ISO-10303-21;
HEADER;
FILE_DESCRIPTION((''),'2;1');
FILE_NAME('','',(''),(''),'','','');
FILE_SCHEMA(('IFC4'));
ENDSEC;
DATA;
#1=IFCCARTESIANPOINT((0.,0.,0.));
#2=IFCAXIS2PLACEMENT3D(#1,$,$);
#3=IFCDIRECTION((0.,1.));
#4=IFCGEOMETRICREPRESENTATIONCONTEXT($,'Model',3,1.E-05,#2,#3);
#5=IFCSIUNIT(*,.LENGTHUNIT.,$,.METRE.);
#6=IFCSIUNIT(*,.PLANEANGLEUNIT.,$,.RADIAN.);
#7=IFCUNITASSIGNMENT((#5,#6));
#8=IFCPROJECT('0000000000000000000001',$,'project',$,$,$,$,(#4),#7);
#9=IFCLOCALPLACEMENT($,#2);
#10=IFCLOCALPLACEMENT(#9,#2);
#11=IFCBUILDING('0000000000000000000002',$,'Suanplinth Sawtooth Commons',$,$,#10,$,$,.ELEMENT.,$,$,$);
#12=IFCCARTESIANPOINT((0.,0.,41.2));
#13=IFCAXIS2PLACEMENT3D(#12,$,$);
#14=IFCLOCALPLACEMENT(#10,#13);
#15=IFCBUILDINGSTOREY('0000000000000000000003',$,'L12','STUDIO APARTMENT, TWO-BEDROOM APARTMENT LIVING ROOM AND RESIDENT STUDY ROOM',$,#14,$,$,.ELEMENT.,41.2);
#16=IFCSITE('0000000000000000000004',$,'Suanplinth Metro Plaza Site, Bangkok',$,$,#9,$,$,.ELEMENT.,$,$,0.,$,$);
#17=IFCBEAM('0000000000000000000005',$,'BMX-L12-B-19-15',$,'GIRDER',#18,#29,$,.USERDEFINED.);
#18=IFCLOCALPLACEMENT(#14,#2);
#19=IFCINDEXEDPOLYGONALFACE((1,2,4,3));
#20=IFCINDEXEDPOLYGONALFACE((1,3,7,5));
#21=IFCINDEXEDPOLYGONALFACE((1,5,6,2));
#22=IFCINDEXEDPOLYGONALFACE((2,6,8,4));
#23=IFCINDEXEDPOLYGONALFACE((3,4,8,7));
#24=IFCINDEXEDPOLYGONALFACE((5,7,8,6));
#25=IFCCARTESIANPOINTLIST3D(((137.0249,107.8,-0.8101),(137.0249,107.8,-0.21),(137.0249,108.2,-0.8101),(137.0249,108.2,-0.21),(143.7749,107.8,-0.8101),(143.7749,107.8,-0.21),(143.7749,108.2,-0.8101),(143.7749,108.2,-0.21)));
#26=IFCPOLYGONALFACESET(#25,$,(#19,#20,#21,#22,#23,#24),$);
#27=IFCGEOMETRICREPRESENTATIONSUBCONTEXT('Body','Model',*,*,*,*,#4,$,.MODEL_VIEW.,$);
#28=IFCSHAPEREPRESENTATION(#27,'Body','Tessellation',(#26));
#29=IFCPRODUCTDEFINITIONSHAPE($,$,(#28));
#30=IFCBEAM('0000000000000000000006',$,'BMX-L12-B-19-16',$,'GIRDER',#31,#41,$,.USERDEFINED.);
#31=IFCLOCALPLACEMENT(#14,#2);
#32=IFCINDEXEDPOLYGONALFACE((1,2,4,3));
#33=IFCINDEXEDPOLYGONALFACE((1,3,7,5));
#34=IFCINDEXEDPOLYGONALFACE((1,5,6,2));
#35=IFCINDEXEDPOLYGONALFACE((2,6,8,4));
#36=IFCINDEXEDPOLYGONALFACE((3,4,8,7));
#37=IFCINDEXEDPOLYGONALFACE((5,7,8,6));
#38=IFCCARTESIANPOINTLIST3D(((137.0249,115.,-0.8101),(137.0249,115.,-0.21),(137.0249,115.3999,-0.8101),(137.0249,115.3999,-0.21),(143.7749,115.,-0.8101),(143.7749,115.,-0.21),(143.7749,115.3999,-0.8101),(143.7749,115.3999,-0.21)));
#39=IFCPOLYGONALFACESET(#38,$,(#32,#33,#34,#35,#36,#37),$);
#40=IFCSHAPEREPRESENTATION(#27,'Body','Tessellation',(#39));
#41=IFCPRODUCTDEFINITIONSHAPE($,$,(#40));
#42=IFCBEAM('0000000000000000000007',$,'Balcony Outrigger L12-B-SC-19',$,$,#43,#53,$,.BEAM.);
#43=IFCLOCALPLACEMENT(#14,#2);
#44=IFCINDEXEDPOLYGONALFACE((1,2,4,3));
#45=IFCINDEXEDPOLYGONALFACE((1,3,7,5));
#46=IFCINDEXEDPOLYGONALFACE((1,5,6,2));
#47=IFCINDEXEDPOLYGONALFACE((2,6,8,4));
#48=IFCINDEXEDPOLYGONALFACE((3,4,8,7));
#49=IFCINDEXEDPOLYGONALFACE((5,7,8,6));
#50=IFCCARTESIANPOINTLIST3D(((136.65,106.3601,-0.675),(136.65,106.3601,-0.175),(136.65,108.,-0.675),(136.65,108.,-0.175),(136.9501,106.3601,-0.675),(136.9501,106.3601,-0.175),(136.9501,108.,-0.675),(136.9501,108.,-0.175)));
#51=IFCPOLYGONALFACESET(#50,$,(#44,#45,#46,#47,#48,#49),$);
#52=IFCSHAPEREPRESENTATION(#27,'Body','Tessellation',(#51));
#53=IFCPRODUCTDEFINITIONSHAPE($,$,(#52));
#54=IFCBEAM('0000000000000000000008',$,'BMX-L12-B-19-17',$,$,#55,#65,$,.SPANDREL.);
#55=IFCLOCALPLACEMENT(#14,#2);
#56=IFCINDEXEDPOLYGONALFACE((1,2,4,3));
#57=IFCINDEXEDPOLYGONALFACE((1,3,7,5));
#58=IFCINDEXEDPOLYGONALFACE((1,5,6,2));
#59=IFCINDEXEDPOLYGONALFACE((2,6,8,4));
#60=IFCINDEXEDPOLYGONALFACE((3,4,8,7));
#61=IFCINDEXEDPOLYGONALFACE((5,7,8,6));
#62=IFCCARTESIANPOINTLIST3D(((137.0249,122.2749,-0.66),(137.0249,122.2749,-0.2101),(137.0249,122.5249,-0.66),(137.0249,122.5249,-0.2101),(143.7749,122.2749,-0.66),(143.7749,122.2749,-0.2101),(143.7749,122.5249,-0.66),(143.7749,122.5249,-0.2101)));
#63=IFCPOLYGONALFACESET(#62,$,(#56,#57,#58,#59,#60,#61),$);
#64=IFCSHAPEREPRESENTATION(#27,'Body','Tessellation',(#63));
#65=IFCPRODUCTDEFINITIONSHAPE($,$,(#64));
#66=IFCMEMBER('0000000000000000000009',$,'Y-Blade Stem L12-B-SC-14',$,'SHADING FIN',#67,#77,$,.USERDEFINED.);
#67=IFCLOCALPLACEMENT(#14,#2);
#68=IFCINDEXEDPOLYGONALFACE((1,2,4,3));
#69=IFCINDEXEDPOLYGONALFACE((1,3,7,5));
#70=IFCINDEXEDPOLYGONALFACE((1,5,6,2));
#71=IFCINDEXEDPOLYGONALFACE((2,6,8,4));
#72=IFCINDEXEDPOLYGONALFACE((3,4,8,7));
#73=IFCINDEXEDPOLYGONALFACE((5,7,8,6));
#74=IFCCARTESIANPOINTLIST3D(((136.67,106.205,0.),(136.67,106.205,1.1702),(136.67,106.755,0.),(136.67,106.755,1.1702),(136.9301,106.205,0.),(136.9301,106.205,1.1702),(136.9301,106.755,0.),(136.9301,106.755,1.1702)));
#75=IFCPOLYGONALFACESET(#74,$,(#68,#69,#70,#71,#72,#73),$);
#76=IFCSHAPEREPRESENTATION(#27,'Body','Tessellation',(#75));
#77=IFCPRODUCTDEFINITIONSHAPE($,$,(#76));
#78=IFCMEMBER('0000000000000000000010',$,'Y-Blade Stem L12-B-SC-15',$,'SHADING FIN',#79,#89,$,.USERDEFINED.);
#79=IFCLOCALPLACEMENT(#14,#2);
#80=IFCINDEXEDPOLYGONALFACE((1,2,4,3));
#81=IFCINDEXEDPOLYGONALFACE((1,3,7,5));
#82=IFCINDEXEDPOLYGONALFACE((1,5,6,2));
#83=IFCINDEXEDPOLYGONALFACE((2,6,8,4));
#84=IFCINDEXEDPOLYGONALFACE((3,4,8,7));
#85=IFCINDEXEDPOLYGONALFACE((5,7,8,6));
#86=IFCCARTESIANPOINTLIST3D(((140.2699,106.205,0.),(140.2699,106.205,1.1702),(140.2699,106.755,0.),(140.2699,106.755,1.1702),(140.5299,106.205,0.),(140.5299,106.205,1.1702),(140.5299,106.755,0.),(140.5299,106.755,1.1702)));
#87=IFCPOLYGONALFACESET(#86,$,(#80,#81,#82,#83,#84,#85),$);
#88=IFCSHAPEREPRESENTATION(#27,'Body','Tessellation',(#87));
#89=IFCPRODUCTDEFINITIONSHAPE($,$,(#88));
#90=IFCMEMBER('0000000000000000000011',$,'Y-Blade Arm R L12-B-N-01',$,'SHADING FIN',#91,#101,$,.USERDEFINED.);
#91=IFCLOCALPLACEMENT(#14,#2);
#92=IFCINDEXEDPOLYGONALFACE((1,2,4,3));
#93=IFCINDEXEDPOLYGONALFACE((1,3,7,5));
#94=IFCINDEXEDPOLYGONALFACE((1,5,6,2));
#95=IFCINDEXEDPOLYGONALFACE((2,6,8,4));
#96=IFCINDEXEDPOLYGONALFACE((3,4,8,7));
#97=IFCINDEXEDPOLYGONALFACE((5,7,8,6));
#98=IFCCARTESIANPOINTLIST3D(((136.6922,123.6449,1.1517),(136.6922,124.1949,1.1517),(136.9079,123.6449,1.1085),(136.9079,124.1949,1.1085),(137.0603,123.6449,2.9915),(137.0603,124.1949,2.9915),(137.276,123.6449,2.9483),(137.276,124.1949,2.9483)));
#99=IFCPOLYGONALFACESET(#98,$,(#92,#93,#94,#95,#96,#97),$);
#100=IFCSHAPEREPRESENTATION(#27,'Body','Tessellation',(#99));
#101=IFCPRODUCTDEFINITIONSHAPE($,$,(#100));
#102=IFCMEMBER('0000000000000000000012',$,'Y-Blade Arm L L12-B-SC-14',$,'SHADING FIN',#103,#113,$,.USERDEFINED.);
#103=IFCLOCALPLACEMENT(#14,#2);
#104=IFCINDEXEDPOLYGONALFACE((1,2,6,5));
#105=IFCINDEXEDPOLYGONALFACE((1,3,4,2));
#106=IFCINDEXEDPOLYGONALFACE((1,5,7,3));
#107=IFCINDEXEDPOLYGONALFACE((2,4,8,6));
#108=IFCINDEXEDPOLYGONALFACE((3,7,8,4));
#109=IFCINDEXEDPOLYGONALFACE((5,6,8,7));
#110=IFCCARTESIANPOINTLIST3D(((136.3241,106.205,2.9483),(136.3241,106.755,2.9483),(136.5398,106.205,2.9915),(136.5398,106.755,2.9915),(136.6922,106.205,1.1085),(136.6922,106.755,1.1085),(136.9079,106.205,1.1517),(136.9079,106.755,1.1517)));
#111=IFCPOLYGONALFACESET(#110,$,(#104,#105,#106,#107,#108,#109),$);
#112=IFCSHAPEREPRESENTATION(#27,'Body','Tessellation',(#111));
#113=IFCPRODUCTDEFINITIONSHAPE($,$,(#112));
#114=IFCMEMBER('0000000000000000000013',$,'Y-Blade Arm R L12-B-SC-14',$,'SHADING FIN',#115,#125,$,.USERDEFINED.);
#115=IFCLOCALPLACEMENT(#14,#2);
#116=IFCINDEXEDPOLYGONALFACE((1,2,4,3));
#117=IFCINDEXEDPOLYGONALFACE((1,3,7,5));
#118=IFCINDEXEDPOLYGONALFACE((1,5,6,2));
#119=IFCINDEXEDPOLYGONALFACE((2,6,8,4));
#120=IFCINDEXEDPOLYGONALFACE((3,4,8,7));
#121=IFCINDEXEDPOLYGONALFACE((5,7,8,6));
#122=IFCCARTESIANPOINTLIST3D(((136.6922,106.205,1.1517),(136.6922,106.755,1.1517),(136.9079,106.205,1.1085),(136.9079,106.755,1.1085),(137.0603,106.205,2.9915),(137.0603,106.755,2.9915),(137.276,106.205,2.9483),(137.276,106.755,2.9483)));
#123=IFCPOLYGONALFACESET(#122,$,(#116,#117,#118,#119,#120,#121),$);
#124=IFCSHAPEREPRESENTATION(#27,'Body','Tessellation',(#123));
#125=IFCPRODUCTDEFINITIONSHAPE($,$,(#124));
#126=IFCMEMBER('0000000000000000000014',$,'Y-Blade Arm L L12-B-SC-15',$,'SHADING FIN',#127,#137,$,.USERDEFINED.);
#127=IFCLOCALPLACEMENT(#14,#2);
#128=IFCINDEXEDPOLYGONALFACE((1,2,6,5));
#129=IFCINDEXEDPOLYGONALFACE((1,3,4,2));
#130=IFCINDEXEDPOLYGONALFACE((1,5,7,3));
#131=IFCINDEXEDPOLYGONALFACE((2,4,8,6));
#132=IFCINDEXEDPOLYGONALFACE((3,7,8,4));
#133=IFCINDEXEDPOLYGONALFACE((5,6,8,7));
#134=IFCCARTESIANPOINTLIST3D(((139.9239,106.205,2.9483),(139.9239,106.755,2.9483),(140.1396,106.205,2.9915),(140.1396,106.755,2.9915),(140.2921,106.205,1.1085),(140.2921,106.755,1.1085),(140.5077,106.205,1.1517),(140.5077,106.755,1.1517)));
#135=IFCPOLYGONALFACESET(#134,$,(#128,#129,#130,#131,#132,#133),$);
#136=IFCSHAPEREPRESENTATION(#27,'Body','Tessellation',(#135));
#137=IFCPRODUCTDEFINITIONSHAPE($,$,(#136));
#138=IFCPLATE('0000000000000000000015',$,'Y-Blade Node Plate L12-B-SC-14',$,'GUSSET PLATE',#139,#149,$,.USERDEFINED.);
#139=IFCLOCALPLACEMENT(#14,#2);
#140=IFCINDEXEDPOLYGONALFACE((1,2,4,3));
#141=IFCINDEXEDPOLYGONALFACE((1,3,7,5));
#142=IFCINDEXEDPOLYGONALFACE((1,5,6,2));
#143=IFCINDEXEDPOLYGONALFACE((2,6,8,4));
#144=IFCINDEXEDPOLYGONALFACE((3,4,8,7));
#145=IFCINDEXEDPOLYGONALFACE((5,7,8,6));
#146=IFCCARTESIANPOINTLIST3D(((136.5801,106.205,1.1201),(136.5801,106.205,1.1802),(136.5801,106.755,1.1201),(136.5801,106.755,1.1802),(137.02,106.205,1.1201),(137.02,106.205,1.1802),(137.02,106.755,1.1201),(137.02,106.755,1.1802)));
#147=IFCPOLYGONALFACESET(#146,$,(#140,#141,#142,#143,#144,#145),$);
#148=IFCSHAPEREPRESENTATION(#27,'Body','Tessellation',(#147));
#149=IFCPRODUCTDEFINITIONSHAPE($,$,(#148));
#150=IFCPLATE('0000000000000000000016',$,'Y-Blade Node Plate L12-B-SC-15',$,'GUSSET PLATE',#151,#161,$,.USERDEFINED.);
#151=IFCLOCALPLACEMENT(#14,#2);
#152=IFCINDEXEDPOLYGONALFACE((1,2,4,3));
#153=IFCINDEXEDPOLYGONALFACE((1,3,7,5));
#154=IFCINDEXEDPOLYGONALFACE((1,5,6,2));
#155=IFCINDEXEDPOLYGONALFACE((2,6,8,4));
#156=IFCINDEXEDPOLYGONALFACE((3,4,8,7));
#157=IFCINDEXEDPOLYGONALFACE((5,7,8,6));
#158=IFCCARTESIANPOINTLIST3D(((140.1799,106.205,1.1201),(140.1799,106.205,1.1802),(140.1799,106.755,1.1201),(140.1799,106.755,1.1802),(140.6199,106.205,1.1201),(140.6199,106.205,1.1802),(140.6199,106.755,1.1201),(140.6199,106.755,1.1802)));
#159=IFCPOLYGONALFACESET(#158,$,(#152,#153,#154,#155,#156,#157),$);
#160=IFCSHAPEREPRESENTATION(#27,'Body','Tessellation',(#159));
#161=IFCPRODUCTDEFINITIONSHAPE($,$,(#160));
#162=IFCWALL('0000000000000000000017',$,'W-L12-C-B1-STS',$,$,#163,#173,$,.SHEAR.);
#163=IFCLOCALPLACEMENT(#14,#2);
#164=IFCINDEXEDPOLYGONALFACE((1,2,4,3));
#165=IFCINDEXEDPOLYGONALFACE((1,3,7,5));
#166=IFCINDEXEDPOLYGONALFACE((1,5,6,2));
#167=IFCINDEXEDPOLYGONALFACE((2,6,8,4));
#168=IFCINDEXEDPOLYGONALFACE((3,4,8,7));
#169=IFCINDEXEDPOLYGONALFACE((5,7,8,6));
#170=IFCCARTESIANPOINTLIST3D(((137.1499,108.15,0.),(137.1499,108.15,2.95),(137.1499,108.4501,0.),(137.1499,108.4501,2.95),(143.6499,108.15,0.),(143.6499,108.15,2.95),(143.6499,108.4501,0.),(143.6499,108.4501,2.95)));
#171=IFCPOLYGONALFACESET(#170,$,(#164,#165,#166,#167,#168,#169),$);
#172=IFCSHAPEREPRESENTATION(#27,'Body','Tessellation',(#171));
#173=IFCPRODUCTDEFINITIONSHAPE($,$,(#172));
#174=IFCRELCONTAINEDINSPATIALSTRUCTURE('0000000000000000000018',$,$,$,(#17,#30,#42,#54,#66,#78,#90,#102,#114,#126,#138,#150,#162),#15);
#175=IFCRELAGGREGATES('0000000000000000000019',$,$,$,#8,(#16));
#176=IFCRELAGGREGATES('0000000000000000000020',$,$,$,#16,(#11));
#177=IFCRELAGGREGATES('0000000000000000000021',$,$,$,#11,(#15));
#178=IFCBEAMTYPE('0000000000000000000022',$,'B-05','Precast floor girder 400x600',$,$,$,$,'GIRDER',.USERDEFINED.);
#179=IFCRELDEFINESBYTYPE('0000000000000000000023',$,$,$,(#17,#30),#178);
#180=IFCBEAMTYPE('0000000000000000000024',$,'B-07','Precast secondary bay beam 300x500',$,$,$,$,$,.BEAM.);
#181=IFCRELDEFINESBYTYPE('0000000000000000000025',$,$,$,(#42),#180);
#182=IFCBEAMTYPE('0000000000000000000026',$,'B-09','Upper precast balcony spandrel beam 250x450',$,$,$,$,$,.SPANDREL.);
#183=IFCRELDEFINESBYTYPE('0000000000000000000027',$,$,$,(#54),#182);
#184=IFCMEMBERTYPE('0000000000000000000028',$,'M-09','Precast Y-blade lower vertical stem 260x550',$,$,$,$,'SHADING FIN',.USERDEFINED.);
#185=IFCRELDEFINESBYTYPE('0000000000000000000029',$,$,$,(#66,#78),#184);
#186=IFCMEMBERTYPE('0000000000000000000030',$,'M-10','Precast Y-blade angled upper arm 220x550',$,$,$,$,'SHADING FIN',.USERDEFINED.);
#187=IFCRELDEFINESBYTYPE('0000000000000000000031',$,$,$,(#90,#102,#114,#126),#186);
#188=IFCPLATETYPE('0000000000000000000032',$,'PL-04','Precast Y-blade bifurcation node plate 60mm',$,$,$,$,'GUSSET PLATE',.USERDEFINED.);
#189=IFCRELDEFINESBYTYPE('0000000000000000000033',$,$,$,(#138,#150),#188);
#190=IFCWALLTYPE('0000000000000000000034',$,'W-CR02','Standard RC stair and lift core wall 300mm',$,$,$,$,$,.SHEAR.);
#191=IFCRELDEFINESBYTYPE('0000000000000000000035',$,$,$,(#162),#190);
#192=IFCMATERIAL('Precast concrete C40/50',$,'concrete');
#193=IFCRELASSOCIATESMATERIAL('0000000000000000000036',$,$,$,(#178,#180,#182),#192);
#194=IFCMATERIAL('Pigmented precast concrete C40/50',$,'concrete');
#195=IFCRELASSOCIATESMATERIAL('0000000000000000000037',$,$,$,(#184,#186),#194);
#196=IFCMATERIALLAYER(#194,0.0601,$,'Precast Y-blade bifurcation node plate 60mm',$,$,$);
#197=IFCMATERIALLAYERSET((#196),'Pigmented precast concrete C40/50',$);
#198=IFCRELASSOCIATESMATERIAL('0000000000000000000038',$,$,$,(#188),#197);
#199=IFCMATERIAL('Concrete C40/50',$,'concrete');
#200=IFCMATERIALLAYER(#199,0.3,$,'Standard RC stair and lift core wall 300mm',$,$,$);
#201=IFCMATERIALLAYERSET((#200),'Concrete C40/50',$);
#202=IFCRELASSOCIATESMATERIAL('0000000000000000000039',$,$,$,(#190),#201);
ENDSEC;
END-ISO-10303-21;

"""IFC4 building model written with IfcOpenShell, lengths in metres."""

from ifc_helpers import new_model, si_unit, direction, frame, frame_2d, origin, origin_2d, place, context, subcontext, project, spatial, rectangle, extrude, material, layer, layer_set, material_profile, profile_set, type_object, element, save


model = new_model("IFC4")

# Units and contexts
model_context = context("Model", 3, precision=1e-05, world=origin(), true_north=direction((0.0, 1.0)))
body_context = subcontext(model_context, "Body", "Model", "MODEL_VIEW")
ifc_project = project(units=[si_unit("LENGTHUNIT", "METRE"), si_unit("PLANEANGLEUNIT", "RADIAN")], contexts=[model_context])

# Site, building, storey
site_placement = place(None, origin())
site = spatial("IfcSite", under=ifc_project, at=site_placement, Name="Suanplinth Metro Plaza Site, Bangkok", CompositionType="ELEMENT", RefElevation=0.0)
building_placement = place(site_placement, origin())
building = spatial("IfcBuilding", under=site, at=building_placement, Name="Suanplinth Sawtooth Commons", CompositionType="ELEMENT")
storey_placement = place(building_placement, frame((0.0, 0.0, 41.2)))
storey = spatial("IfcBuildingStorey", under=building, at=storey_placement, Name="L12", Description="STUDIO APARTMENT, TWO-BEDROOM APARTMENT LIVING ROOM AND RESIDENT STUDY ROOM", CompositionType="ELEMENT", Elevation=41.2)

# Beams
ifc_material_1 = material(Name="Precast concrete C40/50", Category="concrete")
ifc_material_profile_1 = material_profile(ifc_material_1, rectangle(XDim=0.3999, YDim=0.6001, at=origin_2d()), Name="PC-GDR 400x600")
ifc_profile_set_1 = profile_set([ifc_material_profile_1], Name="Precast concrete C40/50")
beam_type_1 = type_object("IfcBeamType", Name="B-05", Description="Precast floor girder 400x600", ElementType="GIRDER", PredefinedType="USERDEFINED", material=ifc_profile_set_1)
for number, where, z_axis, x_axis, name in (
    (1, (137.0249, 108.0, -0.51), (1.0, 0.0, 0.0), (0.0, 1.0, 0.0), "BMX-L12-B-19-15"),
    (2, (137.0249, 115.2, -0.51), (1.0, 0.0, 0.0), (0.0, 1.0, 0.0), "BMX-L12-B-19-16"),
):
    element("IfcBeam", number, at=place(storey_placement, frame(where, z_axis=z_axis, x_axis=x_axis)), inside=storey, type_object=beam_type_1, Name=name, ObjectType="GIRDER", PredefinedType="USERDEFINED", context=body_context, shape_type="SweptSolid", body=[
        extrude(rectangle(XDim=0.3999, YDim=0.6001, at=origin_2d()), origin(), (0.0, 0.0, 1.0), 6.75),
    ])
ifc_material_profile_2 = material_profile(ifc_material_1, rectangle(XDim=0.3, YDim=0.5, at=origin_2d()), Name="PC-BM 300x500")
ifc_profile_set_2 = profile_set([ifc_material_profile_2], Name="Precast concrete C40/50")
beam_type_2 = type_object("IfcBeamType", Name="B-07", Description="Precast secondary bay beam 300x500", PredefinedType="BEAM", material=ifc_profile_set_2)
beam_1_placement = place(storey_placement, frame((136.8, 108.0, -0.425), z_axis=(0.0, -1.0, 0.0), x_axis=(1.0, 0.0, 0.0)))
element("IfcBeam", 3, at=beam_1_placement, inside=storey, type_object=beam_type_2, Name="Balcony Outrigger L12-B-SC-19", PredefinedType="BEAM", context=body_context, shape_type="SweptSolid", body=[
    extrude(rectangle(XDim=0.3, YDim=0.5, at=origin_2d()), origin(), (0.0, 0.0, 1.0), 1.6399),
])
ifc_material_profile_3 = material_profile(ifc_material_1, rectangle(XDim=0.25, YDim=0.45, at=origin_2d()), Name="PC-SP 250x450")
ifc_profile_set_3 = profile_set([ifc_material_profile_3], Name="Precast concrete C40/50")
beam_type_3 = type_object("IfcBeamType", Name="B-09", Description="Upper precast balcony spandrel beam 250x450", PredefinedType="SPANDREL", material=ifc_profile_set_3)
beam_2_placement = place(storey_placement, frame((137.0249, 122.3999, -0.4351), z_axis=(1.0, 0.0, 0.0), x_axis=(0.0, 1.0, 0.0)))
element("IfcBeam", 4, at=beam_2_placement, inside=storey, type_object=beam_type_3, Name="BMX-L12-B-19-17", PredefinedType="SPANDREL", context=body_context, shape_type="SweptSolid", body=[
    extrude(rectangle(XDim=0.25, YDim=0.45, at=origin_2d()), origin(), (0.0, 0.0, 1.0), 6.75),
])

# Members
ifc_material_2 = material(Name="Pigmented precast concrete C40/50", Category="concrete")
ifc_material_profile_4 = material_profile(ifc_material_2, rectangle(XDim=0.26, YDim=0.55, at=origin_2d()), Name="PC-FIN 260x550")
ifc_profile_set_4 = profile_set([ifc_material_profile_4], Name="Pigmented precast concrete C40/50")
member_type_1 = type_object("IfcMemberType", Name="M-09", Description="Precast Y-blade lower vertical stem 260x550", ElementType="SHADING FIN", PredefinedType="USERDEFINED", material=ifc_profile_set_4)
for number, where, z_axis, x_axis, name in (
    (5, (136.8, 106.48, 0.0), (0.0, 0.0, 1.0), (1.0, 0.0, 0.0), "Y-Blade Stem L12-B-SC-14"),
    (6, (140.3999, 106.48, 0.0), (0.0, 0.0, 1.0), (1.0, 0.0, 0.0), "Y-Blade Stem L12-B-SC-15"),
):
    element("IfcMember", number, at=place(storey_placement, frame(where, z_axis=z_axis, x_axis=x_axis)), inside=storey, type_object=member_type_1, Name=name, ObjectType="SHADING FIN", PredefinedType="USERDEFINED", context=body_context, shape_type="SweptSolid", body=[
        extrude(rectangle(XDim=0.26, YDim=0.55, at=origin_2d()), origin(), (0.0, 0.0, 1.0), 1.1702),
    ])
ifc_material_profile_5 = material_profile(ifc_material_2, rectangle(XDim=0.22, YDim=0.55, at=origin_2d()), Name="PC-FIN 220x550")
ifc_profile_set_5 = profile_set([ifc_material_profile_5], Name="Pigmented precast concrete C40/50")
member_type_2 = type_object("IfcMemberType", Name="M-10", Description="Precast Y-blade angled upper arm 220x550", ElementType="SHADING FIN", PredefinedType="USERDEFINED", material=ifc_profile_set_5)
for number, where, z_axis, x_axis, name in (
    (7, (136.8, 123.9199, 1.1301), (0.196216, 0.0, 0.980561), (-0.980561, 0.0, 0.196216), "Y-Blade Arm R L12-B-N-01"),
    (8, (136.8, 106.48, 1.1301), (-0.196216, 0.0, 0.980561), (0.980561, 0.0, 0.196216), "Y-Blade Arm L L12-B-SC-14"),
    (9, (136.8, 106.48, 1.1301), (0.196216, 0.0, 0.980561), (-0.980561, 0.0, 0.196216), "Y-Blade Arm R L12-B-SC-14"),
    (10, (140.3999, 106.48, 1.1301), (-0.196216, 0.0, 0.980561), (0.980561, 0.0, 0.196216), "Y-Blade Arm L L12-B-SC-15"),
):
    element("IfcMember", number, at=place(storey_placement, frame(where, z_axis=z_axis, x_axis=x_axis)), inside=storey, type_object=member_type_2, Name=name, ObjectType="SHADING FIN", PredefinedType="USERDEFINED", context=body_context, shape_type="SweptSolid", body=[
        extrude(rectangle(XDim=0.22, YDim=0.55, at=origin_2d()), origin(), (0.0, 0.0, 1.0), 1.8762),
    ])

# Plates
ifc_layer_1 = layer(ifc_material_2, 0.0601, Name="Precast Y-blade bifurcation node plate 60mm")
ifc_layer_set_1 = layer_set([ifc_layer_1], Name="Pigmented precast concrete C40/50")
plate_type = type_object("IfcPlateType", Name="PL-04", Description="Precast Y-blade bifurcation node plate 60mm", ElementType="GUSSET PLATE", PredefinedType="USERDEFINED", material=ifc_layer_set_1)
for number, where, z_axis, x_axis, name in (
    (11, (136.8, 106.48, 1.1201), (0.0, 0.0, 1.0), (1.0, 0.0, 0.0), "Y-Blade Node Plate L12-B-SC-14"),
    (12, (140.3999, 106.48, 1.1201), (0.0, 0.0, 1.0), (1.0, 0.0, 0.0), "Y-Blade Node Plate L12-B-SC-15"),
):
    element("IfcPlate", number, at=place(storey_placement, frame(where, z_axis=z_axis, x_axis=x_axis)), inside=storey, type_object=plate_type, Name=name, ObjectType="GUSSET PLATE", PredefinedType="USERDEFINED", context=body_context, shape_type="SweptSolid", body=[
        extrude(rectangle(XDim=0.4399, YDim=0.55, at=origin_2d()), origin(), (0.0, 0.0, 1.0), 0.0601),
    ])

# Wall
ifc_material_3 = material(Name="Concrete C40/50", Category="concrete")
ifc_layer_2 = layer(ifc_material_3, 0.3, Name="Standard RC stair and lift core wall 300mm")
ifc_layer_set_2 = layer_set([ifc_layer_2], Name="Concrete C40/50")
wall_type_1 = type_object("IfcWallType", Name="W-CR02", Description="Standard RC stair and lift core wall 300mm", PredefinedType="SHEAR", material=ifc_layer_set_2)
wall_1_placement = place(storey_placement, frame((137.1499, 108.3, 0.0), z_axis=(0.0, 0.0, 1.0), x_axis=(1.0, 0.0, 0.0)))
element("IfcWall", 13, at=wall_1_placement, inside=storey, type_object=wall_type_1, Name="W-L12-C-B1-STS", PredefinedType="SHEAR", context=body_context, shape_type="SweptSolid", body=[
    extrude(rectangle(XDim=6.5, YDim=0.3, at=frame_2d((3.25, 0.0))), origin(), (0.0, 0.0, 1.0), 2.95),
])

save(model, "model.ifc")
